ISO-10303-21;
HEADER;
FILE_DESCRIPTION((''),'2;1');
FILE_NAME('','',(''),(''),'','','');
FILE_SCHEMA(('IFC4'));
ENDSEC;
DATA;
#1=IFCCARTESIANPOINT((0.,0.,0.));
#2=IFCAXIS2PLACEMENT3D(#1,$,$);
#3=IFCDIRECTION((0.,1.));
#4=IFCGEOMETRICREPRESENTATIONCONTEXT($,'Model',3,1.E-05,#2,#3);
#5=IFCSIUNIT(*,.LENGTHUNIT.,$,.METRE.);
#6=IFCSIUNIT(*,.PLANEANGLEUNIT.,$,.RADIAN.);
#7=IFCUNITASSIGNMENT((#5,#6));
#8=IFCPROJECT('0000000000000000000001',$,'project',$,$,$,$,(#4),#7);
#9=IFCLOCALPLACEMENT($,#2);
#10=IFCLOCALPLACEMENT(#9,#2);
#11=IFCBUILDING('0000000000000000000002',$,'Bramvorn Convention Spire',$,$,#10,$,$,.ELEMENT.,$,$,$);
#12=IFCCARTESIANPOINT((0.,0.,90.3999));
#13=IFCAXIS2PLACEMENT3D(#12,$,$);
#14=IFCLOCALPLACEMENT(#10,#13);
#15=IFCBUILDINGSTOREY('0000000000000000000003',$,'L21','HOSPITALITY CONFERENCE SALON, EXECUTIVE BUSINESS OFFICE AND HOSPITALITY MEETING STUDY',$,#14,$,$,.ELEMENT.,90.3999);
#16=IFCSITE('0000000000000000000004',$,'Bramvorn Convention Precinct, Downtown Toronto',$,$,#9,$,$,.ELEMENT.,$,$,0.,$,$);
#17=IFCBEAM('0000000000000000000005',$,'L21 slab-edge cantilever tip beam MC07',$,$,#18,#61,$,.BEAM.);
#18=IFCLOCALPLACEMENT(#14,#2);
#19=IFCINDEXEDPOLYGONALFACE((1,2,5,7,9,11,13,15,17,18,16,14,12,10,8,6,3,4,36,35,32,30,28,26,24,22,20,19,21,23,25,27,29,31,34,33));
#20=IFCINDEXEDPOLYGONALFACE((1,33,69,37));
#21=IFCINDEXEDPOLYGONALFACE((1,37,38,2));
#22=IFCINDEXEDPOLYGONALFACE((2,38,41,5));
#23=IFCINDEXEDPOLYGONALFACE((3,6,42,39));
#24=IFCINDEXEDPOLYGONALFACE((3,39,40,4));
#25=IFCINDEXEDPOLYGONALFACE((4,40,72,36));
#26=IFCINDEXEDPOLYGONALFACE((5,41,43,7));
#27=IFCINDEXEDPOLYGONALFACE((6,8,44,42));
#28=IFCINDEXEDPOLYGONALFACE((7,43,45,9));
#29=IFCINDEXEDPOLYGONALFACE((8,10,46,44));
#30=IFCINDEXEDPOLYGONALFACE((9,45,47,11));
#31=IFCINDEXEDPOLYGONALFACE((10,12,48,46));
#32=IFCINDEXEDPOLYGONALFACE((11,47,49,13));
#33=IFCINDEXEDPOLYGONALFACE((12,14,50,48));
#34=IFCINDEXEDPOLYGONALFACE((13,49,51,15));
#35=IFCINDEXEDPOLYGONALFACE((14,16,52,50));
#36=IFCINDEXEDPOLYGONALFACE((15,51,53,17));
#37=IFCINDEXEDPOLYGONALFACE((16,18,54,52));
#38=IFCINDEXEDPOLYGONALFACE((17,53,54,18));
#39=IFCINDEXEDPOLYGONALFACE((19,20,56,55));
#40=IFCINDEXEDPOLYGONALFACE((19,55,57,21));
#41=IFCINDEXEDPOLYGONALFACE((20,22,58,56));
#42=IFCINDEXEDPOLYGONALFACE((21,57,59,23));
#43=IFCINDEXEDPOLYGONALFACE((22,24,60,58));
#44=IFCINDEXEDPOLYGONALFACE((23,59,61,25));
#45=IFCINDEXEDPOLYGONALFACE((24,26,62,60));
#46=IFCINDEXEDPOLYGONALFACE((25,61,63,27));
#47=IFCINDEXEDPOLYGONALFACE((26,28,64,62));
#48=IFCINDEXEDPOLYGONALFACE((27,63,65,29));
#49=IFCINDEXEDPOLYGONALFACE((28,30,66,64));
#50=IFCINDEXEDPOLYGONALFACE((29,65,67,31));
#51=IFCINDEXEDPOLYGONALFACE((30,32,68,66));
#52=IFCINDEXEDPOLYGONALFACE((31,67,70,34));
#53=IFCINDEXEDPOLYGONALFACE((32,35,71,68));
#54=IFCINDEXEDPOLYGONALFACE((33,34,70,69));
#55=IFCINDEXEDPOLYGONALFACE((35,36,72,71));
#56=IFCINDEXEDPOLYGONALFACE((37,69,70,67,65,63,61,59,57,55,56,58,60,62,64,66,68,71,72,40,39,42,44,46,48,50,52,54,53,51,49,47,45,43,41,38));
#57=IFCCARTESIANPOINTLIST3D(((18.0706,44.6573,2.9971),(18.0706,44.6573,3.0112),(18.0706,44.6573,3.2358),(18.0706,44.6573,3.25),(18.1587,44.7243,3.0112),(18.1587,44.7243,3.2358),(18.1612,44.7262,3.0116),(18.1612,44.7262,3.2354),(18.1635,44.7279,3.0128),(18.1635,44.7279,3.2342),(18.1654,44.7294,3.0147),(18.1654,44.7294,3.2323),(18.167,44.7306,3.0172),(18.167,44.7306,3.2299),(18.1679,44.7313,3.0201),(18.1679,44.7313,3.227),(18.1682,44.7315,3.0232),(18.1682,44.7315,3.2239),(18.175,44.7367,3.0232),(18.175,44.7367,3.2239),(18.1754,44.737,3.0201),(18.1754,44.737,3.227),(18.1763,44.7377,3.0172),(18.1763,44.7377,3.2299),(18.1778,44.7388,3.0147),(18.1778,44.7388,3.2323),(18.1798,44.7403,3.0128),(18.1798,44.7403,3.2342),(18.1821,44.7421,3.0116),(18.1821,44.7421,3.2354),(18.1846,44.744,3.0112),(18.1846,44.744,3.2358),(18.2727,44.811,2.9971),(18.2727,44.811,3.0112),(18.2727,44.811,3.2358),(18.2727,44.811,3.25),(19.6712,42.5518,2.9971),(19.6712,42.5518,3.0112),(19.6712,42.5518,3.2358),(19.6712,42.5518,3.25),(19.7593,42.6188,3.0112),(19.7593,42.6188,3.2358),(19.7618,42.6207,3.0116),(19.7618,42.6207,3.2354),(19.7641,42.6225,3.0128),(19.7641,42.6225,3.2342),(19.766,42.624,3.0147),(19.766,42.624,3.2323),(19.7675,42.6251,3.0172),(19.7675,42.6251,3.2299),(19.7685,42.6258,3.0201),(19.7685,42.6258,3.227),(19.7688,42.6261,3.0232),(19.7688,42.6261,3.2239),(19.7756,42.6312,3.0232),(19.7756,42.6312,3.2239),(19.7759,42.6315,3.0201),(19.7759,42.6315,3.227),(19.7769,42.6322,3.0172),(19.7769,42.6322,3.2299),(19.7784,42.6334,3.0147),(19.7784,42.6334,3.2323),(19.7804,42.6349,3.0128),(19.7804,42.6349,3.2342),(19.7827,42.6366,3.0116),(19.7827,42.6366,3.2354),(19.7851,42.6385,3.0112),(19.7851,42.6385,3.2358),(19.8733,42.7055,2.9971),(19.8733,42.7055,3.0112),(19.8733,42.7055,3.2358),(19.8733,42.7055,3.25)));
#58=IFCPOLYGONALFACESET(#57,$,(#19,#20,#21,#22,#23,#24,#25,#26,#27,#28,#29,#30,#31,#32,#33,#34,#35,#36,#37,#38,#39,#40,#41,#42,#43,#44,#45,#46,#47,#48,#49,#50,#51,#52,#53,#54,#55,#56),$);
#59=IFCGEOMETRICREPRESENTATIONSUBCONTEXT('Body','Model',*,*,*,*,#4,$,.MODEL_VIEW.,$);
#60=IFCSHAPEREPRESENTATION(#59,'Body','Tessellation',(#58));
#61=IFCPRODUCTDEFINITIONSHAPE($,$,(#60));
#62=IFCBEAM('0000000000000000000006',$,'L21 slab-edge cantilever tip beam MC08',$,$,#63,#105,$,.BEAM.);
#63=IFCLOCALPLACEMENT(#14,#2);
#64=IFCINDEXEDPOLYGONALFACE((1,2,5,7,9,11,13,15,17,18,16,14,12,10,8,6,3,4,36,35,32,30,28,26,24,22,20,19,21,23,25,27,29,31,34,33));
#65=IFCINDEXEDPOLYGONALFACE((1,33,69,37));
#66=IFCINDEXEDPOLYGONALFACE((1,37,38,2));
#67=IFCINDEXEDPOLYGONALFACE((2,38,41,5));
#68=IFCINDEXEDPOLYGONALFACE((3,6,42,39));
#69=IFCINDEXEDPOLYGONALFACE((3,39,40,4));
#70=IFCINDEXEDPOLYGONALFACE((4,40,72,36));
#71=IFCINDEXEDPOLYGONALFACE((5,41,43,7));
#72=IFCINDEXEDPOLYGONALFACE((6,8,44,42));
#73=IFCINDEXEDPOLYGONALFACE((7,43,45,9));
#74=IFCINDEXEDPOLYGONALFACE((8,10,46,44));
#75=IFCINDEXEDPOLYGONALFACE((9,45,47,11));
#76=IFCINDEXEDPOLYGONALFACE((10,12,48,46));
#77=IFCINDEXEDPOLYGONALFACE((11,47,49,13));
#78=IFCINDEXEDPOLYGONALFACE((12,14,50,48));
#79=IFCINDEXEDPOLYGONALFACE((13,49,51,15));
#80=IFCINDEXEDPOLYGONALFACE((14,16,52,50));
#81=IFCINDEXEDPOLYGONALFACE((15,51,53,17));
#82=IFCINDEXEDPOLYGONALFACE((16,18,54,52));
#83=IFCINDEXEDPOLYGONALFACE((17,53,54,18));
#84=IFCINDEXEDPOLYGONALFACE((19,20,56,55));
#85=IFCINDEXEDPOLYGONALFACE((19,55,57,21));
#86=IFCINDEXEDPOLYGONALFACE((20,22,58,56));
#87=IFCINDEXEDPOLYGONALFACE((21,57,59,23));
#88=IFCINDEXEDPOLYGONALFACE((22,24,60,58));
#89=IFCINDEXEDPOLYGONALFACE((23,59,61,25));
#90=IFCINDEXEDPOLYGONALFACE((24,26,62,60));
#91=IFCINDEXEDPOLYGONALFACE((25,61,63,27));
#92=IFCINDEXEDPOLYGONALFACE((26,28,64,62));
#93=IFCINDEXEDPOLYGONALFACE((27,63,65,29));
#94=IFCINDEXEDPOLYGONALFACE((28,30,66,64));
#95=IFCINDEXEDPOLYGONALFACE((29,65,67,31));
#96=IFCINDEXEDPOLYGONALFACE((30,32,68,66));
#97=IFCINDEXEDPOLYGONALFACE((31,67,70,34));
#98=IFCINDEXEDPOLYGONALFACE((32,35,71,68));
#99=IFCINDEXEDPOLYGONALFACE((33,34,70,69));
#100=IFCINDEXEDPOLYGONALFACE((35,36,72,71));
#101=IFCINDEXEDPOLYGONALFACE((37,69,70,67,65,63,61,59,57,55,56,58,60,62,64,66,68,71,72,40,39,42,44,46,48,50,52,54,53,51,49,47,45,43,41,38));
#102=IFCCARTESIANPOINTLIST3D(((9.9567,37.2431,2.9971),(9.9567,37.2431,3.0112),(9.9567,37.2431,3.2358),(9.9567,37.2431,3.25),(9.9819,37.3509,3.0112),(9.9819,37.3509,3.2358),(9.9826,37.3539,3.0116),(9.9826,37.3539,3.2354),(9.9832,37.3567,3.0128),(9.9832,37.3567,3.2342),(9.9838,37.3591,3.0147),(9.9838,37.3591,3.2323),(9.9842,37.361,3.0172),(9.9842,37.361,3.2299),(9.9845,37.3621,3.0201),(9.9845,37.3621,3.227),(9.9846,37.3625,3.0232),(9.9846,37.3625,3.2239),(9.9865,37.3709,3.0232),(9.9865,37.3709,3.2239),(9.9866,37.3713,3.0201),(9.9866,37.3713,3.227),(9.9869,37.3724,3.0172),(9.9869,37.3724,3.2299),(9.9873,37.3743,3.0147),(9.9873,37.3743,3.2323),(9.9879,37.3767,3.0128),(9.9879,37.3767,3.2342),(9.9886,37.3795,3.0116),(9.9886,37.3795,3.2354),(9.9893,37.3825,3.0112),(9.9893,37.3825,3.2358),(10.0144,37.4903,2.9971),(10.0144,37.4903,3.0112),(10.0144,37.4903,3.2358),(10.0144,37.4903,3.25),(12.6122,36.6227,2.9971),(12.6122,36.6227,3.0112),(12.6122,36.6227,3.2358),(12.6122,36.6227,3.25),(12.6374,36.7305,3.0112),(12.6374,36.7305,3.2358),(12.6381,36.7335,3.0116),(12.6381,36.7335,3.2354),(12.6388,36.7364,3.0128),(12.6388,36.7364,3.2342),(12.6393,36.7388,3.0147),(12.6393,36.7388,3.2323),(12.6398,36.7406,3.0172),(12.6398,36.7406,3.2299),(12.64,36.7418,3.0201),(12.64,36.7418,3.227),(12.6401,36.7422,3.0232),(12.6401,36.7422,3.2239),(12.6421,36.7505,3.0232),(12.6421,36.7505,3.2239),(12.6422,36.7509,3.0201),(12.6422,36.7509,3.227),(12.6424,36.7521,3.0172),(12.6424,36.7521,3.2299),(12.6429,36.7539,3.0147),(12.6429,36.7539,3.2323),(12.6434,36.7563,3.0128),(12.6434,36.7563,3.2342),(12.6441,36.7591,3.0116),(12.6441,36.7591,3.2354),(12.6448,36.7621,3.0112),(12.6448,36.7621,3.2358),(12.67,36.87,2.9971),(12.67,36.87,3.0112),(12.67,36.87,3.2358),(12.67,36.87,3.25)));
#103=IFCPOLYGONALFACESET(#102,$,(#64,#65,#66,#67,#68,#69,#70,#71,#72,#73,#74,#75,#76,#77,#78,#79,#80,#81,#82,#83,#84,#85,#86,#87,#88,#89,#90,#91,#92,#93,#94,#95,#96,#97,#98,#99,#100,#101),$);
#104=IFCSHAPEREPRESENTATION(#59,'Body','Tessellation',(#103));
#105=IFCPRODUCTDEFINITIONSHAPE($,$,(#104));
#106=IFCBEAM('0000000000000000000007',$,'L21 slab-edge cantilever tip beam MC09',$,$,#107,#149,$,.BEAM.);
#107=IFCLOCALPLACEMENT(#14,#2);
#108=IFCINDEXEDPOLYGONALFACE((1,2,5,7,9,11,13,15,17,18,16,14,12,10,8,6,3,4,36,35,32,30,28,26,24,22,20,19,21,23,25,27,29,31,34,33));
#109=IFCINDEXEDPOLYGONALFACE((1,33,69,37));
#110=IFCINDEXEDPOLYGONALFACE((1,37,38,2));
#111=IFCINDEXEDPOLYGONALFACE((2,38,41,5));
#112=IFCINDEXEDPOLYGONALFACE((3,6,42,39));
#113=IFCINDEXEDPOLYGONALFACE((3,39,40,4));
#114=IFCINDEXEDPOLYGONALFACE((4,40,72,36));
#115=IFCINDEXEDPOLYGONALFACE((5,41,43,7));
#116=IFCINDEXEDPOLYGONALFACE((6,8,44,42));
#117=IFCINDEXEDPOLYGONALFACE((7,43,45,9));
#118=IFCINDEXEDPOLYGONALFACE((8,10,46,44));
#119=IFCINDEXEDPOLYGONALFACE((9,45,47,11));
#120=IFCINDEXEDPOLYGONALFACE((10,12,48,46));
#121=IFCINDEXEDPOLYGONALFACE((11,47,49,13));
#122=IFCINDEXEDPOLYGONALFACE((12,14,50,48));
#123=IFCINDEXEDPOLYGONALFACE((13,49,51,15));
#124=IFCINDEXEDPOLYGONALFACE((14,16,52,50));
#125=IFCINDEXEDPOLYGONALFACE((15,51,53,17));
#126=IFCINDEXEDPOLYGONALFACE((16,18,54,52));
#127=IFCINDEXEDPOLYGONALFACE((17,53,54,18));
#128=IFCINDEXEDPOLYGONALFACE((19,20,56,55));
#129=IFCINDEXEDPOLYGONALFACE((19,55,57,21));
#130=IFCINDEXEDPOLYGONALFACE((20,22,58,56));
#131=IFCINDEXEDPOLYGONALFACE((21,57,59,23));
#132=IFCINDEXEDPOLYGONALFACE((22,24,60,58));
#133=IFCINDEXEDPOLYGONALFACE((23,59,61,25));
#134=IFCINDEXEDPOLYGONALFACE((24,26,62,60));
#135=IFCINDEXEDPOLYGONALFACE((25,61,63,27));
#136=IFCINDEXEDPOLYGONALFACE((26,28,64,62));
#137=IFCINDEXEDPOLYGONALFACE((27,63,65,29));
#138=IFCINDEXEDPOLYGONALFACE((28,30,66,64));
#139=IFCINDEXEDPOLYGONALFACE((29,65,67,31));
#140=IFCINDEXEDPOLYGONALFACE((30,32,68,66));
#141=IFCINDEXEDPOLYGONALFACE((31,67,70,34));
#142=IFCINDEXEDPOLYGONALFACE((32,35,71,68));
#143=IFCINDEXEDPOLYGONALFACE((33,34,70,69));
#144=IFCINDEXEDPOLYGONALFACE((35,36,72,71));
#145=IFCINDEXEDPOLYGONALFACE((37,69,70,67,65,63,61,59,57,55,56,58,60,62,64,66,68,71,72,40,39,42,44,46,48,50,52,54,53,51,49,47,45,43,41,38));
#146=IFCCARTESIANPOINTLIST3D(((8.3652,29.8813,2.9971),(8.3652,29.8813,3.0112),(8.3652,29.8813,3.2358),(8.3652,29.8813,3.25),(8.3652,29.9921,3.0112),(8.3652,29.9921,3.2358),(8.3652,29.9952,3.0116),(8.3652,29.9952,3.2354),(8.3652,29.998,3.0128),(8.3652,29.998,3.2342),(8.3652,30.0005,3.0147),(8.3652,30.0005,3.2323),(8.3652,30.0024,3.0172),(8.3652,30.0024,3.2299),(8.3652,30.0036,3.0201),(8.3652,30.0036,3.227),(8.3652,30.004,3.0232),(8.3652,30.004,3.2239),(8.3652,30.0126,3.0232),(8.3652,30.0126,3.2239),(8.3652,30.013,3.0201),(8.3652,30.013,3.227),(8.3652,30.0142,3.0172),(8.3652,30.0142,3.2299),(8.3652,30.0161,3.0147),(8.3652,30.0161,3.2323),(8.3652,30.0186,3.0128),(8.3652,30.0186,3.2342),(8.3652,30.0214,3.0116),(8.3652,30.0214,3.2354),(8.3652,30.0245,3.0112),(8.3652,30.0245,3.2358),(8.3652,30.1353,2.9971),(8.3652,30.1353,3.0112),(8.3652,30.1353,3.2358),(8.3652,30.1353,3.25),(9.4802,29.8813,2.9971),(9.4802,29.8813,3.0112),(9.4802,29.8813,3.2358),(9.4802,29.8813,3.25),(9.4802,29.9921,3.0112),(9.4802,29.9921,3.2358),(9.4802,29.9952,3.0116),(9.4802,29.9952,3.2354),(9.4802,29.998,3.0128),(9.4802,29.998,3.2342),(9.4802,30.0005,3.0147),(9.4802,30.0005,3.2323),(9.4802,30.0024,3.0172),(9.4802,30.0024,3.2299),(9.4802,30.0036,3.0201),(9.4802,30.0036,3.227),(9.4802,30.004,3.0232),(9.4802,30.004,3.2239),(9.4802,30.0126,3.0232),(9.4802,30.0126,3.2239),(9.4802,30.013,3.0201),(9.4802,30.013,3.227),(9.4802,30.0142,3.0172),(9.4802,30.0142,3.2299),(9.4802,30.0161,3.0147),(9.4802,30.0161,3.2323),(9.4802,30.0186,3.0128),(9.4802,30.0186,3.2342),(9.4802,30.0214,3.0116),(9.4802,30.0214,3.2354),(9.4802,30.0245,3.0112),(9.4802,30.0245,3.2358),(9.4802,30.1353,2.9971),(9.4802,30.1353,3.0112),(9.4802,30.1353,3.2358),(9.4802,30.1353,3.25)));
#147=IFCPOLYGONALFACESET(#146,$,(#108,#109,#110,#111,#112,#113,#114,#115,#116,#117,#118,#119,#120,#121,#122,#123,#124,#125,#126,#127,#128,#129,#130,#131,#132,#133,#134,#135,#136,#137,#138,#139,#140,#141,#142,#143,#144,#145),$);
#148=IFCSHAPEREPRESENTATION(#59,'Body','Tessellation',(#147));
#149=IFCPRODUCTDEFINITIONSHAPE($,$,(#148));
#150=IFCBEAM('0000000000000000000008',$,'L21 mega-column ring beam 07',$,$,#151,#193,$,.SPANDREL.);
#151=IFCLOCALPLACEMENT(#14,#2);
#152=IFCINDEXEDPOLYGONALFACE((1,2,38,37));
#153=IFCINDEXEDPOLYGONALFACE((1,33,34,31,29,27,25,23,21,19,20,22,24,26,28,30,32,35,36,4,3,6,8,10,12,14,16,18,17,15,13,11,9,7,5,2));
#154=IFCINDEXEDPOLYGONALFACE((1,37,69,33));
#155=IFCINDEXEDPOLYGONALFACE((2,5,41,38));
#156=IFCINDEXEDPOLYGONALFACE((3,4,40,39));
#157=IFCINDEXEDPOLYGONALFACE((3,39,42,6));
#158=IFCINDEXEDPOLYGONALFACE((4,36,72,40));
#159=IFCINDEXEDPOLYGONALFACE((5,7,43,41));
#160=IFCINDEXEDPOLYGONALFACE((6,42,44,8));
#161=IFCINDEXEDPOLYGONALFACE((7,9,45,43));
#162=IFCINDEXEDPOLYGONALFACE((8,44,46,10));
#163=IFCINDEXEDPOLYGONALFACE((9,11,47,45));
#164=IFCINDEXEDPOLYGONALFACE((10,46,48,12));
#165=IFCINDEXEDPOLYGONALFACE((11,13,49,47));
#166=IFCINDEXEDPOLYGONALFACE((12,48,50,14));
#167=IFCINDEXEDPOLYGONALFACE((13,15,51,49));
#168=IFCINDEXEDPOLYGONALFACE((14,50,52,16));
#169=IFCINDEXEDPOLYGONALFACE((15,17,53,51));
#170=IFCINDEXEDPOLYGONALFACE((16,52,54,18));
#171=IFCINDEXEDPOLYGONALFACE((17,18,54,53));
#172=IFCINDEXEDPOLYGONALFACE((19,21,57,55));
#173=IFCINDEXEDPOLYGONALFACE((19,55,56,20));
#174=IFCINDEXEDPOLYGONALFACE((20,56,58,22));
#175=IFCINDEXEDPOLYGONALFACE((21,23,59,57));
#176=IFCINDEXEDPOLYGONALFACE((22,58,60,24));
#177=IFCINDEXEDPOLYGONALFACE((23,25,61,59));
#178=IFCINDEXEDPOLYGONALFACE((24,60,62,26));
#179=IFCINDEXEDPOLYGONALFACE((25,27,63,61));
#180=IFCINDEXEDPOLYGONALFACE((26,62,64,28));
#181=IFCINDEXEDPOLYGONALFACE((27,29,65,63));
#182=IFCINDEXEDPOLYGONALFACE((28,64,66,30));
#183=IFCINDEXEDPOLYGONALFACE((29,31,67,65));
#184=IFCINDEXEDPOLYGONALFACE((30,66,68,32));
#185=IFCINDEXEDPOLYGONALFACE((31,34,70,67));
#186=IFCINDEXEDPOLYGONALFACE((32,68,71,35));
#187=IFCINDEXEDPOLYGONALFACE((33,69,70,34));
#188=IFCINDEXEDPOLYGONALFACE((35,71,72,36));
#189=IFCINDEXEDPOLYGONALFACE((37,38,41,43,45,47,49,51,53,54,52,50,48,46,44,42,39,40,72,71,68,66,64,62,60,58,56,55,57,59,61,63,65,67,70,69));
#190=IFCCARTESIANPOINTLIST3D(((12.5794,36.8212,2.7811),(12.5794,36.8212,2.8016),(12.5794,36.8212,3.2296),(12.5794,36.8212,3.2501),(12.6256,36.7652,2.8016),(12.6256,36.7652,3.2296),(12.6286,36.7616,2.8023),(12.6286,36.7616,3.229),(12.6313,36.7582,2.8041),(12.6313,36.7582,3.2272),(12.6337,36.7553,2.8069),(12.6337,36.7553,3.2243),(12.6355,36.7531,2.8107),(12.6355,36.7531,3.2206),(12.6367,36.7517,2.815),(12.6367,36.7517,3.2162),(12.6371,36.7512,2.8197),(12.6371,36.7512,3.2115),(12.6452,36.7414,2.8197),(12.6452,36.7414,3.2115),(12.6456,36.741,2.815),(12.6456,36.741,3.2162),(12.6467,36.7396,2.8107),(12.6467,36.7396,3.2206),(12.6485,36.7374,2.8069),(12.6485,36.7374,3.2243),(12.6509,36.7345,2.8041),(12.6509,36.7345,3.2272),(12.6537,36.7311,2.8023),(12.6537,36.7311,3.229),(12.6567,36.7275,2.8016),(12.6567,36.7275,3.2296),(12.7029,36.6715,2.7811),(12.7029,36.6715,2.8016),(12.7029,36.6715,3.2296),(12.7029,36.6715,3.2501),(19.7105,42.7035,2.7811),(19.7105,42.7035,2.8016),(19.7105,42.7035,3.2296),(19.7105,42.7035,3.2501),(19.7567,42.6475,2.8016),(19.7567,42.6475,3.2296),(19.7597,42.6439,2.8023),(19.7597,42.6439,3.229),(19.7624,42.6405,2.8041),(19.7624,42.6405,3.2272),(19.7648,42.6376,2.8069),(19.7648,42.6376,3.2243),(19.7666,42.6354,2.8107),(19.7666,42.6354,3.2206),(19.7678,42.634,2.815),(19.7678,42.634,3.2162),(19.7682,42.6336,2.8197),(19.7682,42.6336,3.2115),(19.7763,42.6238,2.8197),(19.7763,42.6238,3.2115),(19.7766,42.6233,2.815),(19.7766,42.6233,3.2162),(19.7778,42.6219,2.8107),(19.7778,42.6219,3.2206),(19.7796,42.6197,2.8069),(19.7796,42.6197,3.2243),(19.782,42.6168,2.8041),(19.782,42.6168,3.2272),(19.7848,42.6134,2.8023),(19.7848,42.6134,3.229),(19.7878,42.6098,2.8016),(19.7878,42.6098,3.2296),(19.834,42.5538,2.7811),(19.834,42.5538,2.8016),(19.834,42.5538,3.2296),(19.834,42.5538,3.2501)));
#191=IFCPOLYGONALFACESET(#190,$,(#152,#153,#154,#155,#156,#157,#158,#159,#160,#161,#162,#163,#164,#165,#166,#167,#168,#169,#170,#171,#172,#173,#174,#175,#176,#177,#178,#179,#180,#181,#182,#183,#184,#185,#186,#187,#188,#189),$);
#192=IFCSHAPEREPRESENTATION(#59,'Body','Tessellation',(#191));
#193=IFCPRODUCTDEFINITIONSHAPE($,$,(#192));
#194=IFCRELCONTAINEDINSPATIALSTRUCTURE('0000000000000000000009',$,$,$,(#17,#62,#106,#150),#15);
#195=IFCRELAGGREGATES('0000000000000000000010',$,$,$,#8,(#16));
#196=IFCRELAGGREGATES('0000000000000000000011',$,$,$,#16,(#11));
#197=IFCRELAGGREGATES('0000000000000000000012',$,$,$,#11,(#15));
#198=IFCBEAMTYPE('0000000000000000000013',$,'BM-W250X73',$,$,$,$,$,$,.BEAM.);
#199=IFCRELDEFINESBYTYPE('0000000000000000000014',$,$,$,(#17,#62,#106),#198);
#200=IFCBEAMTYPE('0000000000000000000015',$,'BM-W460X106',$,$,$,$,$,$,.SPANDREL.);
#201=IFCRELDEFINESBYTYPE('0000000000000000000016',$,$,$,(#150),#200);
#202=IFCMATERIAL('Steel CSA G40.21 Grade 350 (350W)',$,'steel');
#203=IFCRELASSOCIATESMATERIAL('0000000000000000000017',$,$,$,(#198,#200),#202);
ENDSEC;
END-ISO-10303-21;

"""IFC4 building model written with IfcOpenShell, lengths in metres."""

from ifc_helpers import new_model, si_unit, direction, frame, origin, origin_2d, place, context, subcontext, project, spatial, i_section, extrude, material, material_profile, profile_set, type_object, element, save


model = new_model("IFC4")

# Units and contexts
model_context = context("Model", 3, precision=1e-05, world=origin(), true_north=direction((0.0, 1.0)))
body_context = subcontext(model_context, "Body", "Model", "MODEL_VIEW")
ifc_project = project(units=[si_unit("LENGTHUNIT", "METRE"), si_unit("PLANEANGLEUNIT", "RADIAN")], contexts=[model_context])

# Site, building, storey
site_placement = place(None, origin())
site = spatial("IfcSite", under=ifc_project, at=site_placement, Name="Bramvorn Convention Precinct, Downtown Toronto", CompositionType="ELEMENT", RefElevation=0.0)
building_placement = place(site_placement, origin())
building = spatial("IfcBuilding", under=site, at=building_placement, Name="Bramvorn Convention Spire", CompositionType="ELEMENT")
storey_placement = place(building_placement, frame((0.0, 0.0, 90.3999)))
storey = spatial("IfcBuildingStorey", under=building, at=storey_placement, Name="L21", Description="HOSPITALITY CONFERENCE SALON, EXECUTIVE BUSINESS OFFICE AND HOSPITALITY MEETING STUDY", CompositionType="ELEMENT", Elevation=90.3999)

# Shared definitions
ifc_material_1 = material(Name="Steel CSA G40.21 Grade 350 (350W)", Category="steel")

# Beams
ifc_material_profile_1 = material_profile(ifc_material_1, i_section(OverallWidth=0.2539, OverallDepth=0.2529, WebThickness=0.0085, FlangeThickness=0.0142, FilletRadius=0.012, at=origin_2d()))
ifc_profile_set_1 = profile_set([ifc_material_profile_1], Name="Steel CSA G40.21 Grade 350 (350W) - W250X73")
beam_type_1 = type_object("IfcBeamType", Name="BM-W250X73", PredefinedType="BEAM", material=ifc_profile_set_1)
beam_1_placement = place(storey_placement, frame((19.7722, 42.6287, 3.1235), z_axis=(-0.605186, 0.796084, 0.0), x_axis=(-0.796084, -0.605186, 0.0)))
element("IfcBeam", 1, at=beam_1_placement, inside=storey, type_object=beam_type_1, Name="L21 slab-edge cantilever tip beam MC07", PredefinedType="BEAM", context=body_context, shape_type="SweptSolid", body=[
    extrude(i_section(OverallWidth=0.2539, OverallDepth=0.2529, WebThickness=0.0085, FlangeThickness=0.0142, FilletRadius=0.012, at=origin_2d()), origin(), (0.0, 0.0, 1.0), 2.6448),
])
beam_2_placement = place(storey_placement, frame((12.6411, 36.7463, 3.1235), z_axis=(-0.973781, 0.227487, 0.0), x_axis=(-0.227487, -0.973781, 0.0)))
element("IfcBeam", 2, at=beam_2_placement, inside=storey, type_object=beam_type_1, Name="L21 slab-edge cantilever tip beam MC08", PredefinedType="BEAM", context=body_context, shape_type="SweptSolid", body=[
    extrude(i_section(OverallWidth=0.2539, OverallDepth=0.2529, WebThickness=0.0085, FlangeThickness=0.0142, FilletRadius=0.012, at=origin_2d()), origin(), (0.0, 0.0, 1.0), 2.7271),
])
beam_3_placement = place(storey_placement, frame((9.4802, 30.0083, 3.1235), z_axis=(-1.0, 0.0, 0.0), x_axis=(0.0, -1.0, 0.0)))
element("IfcBeam", 3, at=beam_3_placement, inside=storey, type_object=beam_type_1, Name="L21 slab-edge cantilever tip beam MC09", PredefinedType="BEAM", context=body_context, shape_type="SweptSolid", body=[
    extrude(i_section(OverallWidth=0.2539, OverallDepth=0.2529, WebThickness=0.0085, FlangeThickness=0.0142, FilletRadius=0.012, at=origin_2d()), origin(), (0.0, 0.0, 1.0), 1.115),
])
ifc_material_profile_2 = material_profile(ifc_material_1, i_section(OverallWidth=0.1941, OverallDepth=0.469, WebThickness=0.0127, FlangeThickness=0.0205, FilletRadius=0.0181, at=origin_2d()))
ifc_profile_set_2 = profile_set([ifc_material_profile_2], Name="Steel CSA G40.21 Grade 350 (350W) - W460X106")
beam_type_2 = type_object("IfcBeamType", Name="BM-W460X106", PredefinedType="SPANDREL", material=ifc_profile_set_2)
beam_4_placement = place(storey_placement, frame((19.7722, 42.6287, 3.0156), z_axis=(-0.771418, -0.636329, 0.0), x_axis=(0.636329, -0.771418, 0.0)))
element("IfcBeam", 4, at=beam_4_placement, inside=storey, type_object=beam_type_2, Name="L21 mega-column ring beam 07", PredefinedType="SPANDREL", context=body_context, shape_type="SweptSolid", body=[
    extrude(i_section(OverallWidth=0.1941, OverallDepth=0.469, WebThickness=0.0127, FlangeThickness=0.0205, FilletRadius=0.0181, at=origin_2d()), origin(), (0.0, 0.0, 1.0), 9.2441),
])

save(model, "model.ifc")
